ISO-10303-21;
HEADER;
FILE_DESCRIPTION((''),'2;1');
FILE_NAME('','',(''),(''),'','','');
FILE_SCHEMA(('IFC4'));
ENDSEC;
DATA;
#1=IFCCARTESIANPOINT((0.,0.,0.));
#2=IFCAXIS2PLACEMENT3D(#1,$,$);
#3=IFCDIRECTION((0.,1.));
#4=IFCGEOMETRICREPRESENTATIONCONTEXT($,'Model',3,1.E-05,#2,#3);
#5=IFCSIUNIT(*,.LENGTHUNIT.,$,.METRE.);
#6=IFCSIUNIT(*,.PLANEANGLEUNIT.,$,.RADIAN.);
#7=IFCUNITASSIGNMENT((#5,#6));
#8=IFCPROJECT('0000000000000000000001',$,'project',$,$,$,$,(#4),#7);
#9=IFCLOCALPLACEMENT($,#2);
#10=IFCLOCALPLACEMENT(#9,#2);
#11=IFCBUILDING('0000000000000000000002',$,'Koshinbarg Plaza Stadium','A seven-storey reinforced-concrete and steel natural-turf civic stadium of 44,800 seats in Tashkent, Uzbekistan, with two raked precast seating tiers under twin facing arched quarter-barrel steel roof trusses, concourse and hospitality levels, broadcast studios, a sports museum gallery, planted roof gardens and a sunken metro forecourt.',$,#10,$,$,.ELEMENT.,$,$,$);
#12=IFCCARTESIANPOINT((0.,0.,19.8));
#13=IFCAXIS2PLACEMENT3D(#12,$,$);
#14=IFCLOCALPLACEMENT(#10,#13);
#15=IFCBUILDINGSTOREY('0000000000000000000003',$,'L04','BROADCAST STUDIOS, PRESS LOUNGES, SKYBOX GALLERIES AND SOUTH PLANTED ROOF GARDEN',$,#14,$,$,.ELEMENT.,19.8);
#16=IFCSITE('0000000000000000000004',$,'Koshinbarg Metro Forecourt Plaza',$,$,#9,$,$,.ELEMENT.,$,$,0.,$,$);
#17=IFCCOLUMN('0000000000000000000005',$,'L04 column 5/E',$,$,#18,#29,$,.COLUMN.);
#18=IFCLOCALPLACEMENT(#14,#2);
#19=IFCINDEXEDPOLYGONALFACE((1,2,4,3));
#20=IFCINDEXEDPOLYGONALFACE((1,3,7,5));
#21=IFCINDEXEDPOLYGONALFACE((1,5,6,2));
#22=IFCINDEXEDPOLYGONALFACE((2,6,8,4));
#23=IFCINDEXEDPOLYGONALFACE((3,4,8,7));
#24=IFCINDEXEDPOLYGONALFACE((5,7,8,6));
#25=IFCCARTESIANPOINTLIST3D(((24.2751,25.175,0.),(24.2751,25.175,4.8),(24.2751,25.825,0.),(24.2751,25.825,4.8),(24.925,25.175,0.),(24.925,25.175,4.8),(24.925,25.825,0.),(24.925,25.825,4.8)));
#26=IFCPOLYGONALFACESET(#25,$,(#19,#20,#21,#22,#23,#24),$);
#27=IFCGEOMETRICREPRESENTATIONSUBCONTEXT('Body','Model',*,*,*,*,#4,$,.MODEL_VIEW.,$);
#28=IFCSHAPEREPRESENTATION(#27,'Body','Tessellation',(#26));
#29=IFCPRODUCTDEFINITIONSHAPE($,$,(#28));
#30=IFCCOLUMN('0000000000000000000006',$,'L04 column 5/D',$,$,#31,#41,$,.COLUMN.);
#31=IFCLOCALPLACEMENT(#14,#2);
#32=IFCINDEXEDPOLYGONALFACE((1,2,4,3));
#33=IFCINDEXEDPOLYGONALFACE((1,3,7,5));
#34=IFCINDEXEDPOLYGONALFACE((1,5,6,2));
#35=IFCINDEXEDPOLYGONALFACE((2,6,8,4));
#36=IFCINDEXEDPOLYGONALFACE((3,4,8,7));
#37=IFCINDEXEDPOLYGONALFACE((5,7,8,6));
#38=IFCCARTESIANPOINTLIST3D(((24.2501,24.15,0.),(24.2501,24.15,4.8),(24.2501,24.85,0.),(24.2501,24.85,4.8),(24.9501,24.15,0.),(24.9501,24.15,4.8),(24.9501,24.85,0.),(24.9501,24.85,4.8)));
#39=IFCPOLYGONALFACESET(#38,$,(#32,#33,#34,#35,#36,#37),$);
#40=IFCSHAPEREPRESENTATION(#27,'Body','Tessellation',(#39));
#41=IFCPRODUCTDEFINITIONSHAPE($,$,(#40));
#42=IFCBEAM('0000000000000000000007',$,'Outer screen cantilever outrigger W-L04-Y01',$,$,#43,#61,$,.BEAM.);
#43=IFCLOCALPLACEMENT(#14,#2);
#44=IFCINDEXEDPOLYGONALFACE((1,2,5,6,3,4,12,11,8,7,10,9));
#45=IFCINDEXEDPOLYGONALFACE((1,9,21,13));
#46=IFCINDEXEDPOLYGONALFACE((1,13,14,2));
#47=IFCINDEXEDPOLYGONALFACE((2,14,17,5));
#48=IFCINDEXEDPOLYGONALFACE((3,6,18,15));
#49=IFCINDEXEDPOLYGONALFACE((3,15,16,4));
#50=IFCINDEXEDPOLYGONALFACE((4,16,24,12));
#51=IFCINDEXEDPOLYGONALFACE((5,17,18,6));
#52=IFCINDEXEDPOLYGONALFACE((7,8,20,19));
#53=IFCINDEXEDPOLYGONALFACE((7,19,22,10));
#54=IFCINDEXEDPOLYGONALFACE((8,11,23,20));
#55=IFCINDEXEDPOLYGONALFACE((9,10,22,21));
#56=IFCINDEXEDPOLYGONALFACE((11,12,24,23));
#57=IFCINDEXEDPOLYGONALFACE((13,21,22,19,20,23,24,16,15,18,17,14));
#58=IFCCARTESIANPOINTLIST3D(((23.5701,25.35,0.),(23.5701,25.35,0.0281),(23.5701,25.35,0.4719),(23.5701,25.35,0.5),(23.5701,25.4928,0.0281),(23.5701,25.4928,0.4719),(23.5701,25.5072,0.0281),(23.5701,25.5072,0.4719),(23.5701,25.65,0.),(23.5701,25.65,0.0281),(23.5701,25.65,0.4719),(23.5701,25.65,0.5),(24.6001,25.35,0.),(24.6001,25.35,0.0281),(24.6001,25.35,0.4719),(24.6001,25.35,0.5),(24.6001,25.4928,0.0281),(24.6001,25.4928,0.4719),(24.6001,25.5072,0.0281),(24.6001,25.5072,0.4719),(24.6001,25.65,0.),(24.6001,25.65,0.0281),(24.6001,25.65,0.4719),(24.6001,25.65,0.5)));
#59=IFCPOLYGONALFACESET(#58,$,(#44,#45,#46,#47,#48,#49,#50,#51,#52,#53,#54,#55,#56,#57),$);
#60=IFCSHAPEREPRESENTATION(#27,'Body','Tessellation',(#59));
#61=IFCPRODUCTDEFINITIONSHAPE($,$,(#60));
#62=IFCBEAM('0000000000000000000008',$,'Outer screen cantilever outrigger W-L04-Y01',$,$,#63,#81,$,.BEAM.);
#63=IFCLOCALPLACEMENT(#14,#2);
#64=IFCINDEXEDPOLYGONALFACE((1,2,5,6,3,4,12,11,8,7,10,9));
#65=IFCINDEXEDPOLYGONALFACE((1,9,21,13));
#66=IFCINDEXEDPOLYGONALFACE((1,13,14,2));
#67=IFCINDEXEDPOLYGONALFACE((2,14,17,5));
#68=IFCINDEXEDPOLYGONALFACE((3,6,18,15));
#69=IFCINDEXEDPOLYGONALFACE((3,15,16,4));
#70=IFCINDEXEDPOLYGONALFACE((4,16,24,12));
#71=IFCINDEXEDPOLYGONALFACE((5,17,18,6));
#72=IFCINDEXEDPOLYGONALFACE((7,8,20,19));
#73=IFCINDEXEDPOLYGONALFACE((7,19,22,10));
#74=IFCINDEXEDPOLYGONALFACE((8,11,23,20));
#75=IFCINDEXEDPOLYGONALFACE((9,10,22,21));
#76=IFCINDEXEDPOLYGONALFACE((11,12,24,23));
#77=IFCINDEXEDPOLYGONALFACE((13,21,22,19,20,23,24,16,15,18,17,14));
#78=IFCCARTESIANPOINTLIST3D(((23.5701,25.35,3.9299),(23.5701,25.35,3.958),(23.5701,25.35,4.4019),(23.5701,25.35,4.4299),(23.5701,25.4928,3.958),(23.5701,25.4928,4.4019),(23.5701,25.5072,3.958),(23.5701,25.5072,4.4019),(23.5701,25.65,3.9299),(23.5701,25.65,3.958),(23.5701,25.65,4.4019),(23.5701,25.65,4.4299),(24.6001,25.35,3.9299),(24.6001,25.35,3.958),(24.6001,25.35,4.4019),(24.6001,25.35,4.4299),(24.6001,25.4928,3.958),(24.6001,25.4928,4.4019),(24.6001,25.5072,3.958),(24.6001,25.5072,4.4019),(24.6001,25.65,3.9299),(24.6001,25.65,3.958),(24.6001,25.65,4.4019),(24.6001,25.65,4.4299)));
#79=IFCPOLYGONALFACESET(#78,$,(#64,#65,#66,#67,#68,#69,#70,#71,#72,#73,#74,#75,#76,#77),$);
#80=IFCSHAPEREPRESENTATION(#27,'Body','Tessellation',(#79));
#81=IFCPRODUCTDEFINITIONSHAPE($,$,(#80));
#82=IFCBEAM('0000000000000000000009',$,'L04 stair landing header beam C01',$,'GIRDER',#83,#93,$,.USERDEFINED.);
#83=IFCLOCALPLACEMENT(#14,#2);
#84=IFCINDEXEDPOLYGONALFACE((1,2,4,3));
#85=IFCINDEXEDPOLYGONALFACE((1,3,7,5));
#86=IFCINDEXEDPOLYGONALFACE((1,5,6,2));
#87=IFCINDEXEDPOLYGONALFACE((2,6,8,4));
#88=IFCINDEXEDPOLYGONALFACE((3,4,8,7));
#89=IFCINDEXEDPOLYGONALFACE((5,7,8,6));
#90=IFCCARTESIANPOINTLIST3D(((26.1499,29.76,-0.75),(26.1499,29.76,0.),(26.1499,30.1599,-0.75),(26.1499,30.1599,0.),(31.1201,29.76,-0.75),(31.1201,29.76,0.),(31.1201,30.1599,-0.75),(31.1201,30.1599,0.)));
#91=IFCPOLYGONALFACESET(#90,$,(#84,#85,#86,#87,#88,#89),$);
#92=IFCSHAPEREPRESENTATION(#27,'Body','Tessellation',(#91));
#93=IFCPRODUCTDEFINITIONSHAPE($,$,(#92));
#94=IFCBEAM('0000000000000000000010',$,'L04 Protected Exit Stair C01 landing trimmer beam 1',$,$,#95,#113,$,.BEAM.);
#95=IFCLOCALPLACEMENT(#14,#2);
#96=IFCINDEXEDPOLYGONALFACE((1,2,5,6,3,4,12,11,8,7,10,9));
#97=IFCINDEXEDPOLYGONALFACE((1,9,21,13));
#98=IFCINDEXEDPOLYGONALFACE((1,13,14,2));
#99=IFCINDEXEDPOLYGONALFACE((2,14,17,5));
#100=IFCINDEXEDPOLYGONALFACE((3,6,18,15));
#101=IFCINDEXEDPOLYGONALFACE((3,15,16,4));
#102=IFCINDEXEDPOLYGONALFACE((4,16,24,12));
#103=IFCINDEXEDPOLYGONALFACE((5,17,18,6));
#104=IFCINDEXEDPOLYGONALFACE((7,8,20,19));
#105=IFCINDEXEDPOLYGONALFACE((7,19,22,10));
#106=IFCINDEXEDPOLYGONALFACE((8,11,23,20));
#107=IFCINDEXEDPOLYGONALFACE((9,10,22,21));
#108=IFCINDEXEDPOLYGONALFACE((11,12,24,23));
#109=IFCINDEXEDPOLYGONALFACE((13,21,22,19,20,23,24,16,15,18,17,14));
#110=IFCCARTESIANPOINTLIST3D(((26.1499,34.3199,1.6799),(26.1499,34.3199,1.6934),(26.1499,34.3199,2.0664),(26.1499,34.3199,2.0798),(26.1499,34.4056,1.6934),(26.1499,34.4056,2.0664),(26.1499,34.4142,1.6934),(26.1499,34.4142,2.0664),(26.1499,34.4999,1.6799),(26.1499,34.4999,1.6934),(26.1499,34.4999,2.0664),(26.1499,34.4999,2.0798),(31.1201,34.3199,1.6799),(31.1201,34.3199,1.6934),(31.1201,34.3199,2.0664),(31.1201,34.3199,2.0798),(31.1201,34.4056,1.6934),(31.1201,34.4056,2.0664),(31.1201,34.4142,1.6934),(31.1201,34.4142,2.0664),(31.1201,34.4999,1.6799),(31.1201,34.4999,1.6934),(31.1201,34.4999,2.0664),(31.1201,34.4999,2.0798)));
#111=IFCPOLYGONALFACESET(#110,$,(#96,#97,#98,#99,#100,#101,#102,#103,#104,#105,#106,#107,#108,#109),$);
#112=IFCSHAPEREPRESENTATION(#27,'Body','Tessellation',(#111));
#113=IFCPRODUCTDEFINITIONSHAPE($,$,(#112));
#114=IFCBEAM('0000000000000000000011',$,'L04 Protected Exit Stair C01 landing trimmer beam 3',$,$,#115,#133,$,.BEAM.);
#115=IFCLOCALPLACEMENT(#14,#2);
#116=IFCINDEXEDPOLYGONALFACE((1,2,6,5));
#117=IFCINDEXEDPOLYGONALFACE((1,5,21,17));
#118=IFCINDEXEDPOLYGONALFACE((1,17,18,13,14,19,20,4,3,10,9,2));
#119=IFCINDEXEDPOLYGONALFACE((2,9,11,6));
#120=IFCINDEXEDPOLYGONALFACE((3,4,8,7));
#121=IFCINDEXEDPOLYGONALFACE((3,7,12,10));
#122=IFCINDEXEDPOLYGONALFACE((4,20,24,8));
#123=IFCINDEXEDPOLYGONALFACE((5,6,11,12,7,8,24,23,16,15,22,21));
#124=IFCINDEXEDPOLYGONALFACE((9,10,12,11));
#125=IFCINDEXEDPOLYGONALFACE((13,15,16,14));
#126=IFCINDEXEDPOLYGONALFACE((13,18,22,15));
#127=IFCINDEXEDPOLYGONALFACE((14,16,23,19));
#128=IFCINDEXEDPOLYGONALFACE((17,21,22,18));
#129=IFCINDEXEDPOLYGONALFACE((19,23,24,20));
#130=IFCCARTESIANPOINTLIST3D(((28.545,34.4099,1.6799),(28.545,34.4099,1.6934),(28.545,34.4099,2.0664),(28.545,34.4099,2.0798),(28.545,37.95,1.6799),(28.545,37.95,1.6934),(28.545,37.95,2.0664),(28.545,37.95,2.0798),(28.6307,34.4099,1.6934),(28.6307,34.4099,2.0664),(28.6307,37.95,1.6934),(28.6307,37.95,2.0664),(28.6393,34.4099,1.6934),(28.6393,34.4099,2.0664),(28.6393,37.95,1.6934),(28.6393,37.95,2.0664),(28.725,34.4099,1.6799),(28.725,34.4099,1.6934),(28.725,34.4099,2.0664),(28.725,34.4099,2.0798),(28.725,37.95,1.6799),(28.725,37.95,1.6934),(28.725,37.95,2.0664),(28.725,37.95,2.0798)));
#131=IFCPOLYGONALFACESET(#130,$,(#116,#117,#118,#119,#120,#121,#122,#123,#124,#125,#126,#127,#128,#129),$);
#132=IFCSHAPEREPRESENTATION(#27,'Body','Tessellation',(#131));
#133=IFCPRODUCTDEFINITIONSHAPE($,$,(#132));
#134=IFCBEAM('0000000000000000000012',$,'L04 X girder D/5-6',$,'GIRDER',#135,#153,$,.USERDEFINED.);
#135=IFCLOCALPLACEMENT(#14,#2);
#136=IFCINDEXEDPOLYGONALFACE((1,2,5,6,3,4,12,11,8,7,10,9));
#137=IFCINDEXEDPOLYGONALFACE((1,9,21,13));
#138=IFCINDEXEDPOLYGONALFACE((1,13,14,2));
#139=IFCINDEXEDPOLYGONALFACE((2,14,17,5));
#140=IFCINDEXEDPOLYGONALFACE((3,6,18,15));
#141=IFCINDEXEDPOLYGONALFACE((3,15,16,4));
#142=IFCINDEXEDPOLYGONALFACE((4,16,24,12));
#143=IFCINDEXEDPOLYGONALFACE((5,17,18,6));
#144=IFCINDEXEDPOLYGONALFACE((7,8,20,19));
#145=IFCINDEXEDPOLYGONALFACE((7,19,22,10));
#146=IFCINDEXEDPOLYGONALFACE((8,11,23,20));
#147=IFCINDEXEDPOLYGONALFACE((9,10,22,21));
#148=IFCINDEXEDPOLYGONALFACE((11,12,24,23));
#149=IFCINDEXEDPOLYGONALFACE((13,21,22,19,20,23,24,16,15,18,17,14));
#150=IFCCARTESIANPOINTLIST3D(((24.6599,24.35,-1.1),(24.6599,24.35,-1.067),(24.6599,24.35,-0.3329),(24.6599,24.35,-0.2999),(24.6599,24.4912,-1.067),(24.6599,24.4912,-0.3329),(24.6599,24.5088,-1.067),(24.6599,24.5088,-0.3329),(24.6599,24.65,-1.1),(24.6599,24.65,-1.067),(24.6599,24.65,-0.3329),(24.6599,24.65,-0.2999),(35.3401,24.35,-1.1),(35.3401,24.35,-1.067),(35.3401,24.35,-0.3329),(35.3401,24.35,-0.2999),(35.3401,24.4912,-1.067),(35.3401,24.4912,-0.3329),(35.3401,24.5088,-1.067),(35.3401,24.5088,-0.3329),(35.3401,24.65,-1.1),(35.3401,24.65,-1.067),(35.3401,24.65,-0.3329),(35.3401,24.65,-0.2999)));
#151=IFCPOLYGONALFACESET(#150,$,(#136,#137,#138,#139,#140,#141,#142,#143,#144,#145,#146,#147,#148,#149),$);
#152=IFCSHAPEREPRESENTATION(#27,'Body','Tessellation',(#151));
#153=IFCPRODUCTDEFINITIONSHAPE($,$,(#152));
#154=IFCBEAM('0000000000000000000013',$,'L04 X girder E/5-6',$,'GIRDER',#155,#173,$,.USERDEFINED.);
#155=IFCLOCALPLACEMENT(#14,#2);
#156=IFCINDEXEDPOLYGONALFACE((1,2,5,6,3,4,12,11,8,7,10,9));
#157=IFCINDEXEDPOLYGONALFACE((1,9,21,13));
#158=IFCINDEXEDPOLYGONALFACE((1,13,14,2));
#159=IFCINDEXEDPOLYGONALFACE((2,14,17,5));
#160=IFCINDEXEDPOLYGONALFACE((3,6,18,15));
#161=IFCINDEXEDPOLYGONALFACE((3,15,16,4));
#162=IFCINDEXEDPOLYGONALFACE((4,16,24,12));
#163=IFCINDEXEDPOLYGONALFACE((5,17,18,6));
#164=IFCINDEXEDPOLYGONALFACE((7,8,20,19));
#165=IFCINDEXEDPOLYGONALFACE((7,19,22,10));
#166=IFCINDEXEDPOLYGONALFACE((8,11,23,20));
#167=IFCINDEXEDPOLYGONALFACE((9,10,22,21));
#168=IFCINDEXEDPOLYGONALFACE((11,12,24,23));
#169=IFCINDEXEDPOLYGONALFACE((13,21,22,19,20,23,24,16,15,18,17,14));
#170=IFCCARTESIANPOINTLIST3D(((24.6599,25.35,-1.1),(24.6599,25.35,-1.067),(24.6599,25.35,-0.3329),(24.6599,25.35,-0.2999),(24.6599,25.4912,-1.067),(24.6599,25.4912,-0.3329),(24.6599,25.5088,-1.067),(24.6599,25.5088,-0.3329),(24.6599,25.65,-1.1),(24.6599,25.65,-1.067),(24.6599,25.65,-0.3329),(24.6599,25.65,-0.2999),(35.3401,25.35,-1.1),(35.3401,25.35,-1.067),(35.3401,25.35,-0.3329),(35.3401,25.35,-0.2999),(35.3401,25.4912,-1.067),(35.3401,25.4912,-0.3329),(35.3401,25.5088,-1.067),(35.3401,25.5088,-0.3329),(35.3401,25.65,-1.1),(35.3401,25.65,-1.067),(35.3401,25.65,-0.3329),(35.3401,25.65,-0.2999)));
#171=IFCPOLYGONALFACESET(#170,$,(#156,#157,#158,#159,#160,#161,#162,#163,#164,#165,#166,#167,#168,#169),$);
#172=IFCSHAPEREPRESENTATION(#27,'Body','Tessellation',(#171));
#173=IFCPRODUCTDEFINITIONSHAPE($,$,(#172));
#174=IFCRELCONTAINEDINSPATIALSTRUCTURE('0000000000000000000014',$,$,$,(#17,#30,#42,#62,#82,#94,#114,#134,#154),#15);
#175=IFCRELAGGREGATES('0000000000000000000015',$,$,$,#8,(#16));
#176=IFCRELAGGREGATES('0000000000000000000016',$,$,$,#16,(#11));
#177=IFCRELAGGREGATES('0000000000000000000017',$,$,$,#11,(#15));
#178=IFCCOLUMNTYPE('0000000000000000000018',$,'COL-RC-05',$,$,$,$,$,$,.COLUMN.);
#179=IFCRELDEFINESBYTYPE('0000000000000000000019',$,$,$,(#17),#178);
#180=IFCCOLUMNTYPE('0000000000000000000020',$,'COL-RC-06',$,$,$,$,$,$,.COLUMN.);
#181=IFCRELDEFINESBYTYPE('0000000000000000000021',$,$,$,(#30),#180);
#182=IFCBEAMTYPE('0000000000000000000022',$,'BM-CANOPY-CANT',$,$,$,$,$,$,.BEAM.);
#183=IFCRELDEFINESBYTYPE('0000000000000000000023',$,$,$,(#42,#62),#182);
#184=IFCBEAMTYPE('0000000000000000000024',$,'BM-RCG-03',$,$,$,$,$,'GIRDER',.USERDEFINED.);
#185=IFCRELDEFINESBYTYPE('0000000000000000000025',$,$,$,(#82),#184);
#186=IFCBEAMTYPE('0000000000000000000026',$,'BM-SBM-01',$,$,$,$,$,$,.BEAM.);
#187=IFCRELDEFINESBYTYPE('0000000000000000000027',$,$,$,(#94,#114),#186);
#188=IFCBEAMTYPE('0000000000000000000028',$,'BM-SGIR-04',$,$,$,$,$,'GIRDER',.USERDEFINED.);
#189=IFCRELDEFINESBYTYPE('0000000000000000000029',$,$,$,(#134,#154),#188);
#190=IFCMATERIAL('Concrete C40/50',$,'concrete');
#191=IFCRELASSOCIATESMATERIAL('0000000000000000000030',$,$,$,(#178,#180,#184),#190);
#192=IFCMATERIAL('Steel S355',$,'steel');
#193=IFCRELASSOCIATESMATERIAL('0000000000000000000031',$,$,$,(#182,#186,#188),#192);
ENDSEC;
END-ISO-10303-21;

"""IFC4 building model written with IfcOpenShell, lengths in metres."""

from ifc_helpers import new_model, si_unit, direction, frame, origin, origin_2d, place, context, subcontext, project, spatial, rectangle, i_section, extrude, material, material_profile, profile_set, type_object, element, save


model = new_model("IFC4")

# Units and contexts
model_context = context("Model", 3, precision=1e-05, world=origin(), true_north=direction((0.0, 1.0)))
body_context = subcontext(model_context, "Body", "Model", "MODEL_VIEW")
ifc_project = project(units=[si_unit("LENGTHUNIT", "METRE"), si_unit("PLANEANGLEUNIT", "RADIAN")], contexts=[model_context])

# Site, building, storey
site_placement = place(None, origin())
site = spatial("IfcSite", under=ifc_project, at=site_placement, Name="Koshinbarg Metro Forecourt Plaza", CompositionType="ELEMENT", RefElevation=0.0)
building_placement = place(site_placement, origin())
building = spatial("IfcBuilding", under=site, at=building_placement, Name="Koshinbarg Plaza Stadium", Description="A seven-storey reinforced-concrete and steel natural-turf civic stadium of 44,800 seats in Tashkent, Uzbekistan, with two raked precast seating tiers under twin facing arched quarter-barrel steel roof trusses, concourse and hospitality levels, broadcast studios, a sports museum gallery, planted roof gardens and a sunken metro forecourt.", CompositionType="ELEMENT")
storey_placement = place(building_placement, frame((0.0, 0.0, 19.8)))
storey = spatial("IfcBuildingStorey", under=building, at=storey_placement, Name="L04", Description="BROADCAST STUDIOS, PRESS LOUNGES, SKYBOX GALLERIES AND SOUTH PLANTED ROOF GARDEN", CompositionType="ELEMENT", Elevation=19.8)

# Columns
ifc_material_1 = material(Name="Concrete C40/50", Category="concrete")
ifc_material_profile_1 = material_profile(ifc_material_1, rectangle(XDim=0.6499, YDim=0.6499, at=origin_2d()), Name="RC 650x650")
ifc_profile_set_1 = profile_set([ifc_material_profile_1], Name="Concrete C40/50")
column_type_1 = type_object("IfcColumnType", Name="COL-RC-05", PredefinedType="COLUMN", material=ifc_profile_set_1)
column_1_placement = place(storey_placement, frame((24.6001, 25.5, 0.0), z_axis=(0.0, 0.0, 1.0), x_axis=(1.0, 0.0, 0.0)))
element("IfcColumn", 1, at=column_1_placement, inside=storey, type_object=column_type_1, Name="L04 column 5/E", PredefinedType="COLUMN", context=body_context, shape_type="SweptSolid", body=[
    extrude(rectangle(XDim=0.6499, YDim=0.6499, at=origin_2d()), origin(), (0.0, 0.0, 1.0), 4.8),
])
ifc_material_profile_2 = material_profile(ifc_material_1, rectangle(XDim=0.7, YDim=0.7, at=origin_2d()), Name="RC 700x700")
ifc_profile_set_2 = profile_set([ifc_material_profile_2], Name="Concrete C40/50")
column_type_2 = type_object("IfcColumnType", Name="COL-RC-06", PredefinedType="COLUMN", material=ifc_profile_set_2)
column_2_placement = place(storey_placement, frame((24.6001, 24.5, 0.0), z_axis=(0.0, 0.0, 1.0), x_axis=(1.0, 0.0, 0.0)))
element("IfcColumn", 2, at=column_2_placement, inside=storey, type_object=column_type_2, Name="L04 column 5/D", PredefinedType="COLUMN", context=body_context, shape_type="SweptSolid", body=[
    extrude(rectangle(XDim=0.7, YDim=0.7, at=origin_2d()), origin(), (0.0, 0.0, 1.0), 4.8),
])

# Beams
ifc_material_2 = material(Name="Steel S355", Category="steel")
ifc_material_profile_3 = material_profile(ifc_material_2, i_section(OverallWidth=0.3, OverallDepth=0.5, WebThickness=0.0144, FlangeThickness=0.0281, at=origin_2d()), Name="HEB 500")
ifc_profile_set_3 = profile_set([ifc_material_profile_3], Name="Steel S355")
beam_type_1 = type_object("IfcBeamType", Name="BM-CANOPY-CANT", PredefinedType="BEAM", material=ifc_profile_set_3)
for number, where, z_axis, x_axis, name in (
    (3, (24.6001, 25.5, 0.25), (-1.0, 0.0, 0.0), (0.0, -1.0, 0.0), "Outer screen cantilever outrigger W-L04-Y01"),
    (4, (24.6001, 25.5, 4.1799), (-1.0, 0.0, 0.0), (0.0, -1.0, 0.0), "Outer screen cantilever outrigger W-L04-Y01"),
):
    element("IfcBeam", number, at=place(storey_placement, frame(where, z_axis=z_axis, x_axis=x_axis)), inside=storey, type_object=beam_type_1, Name=name, PredefinedType="BEAM", context=body_context, shape_type="SweptSolid", body=[
        extrude(i_section(OverallWidth=0.3, OverallDepth=0.5, WebThickness=0.0144, FlangeThickness=0.0281, at=origin_2d()), origin(), (0.0, 0.0, 1.0), 1.03),
    ])
ifc_material_profile_4 = material_profile(ifc_material_1, rectangle(XDim=0.3999, YDim=0.75, at=origin_2d()), Name="RC 400x750")
ifc_profile_set_4 = profile_set([ifc_material_profile_4], Name="Concrete C40/50")
beam_type_2 = type_object("IfcBeamType", Name="BM-RCG-03", ElementType="GIRDER", PredefinedType="USERDEFINED", material=ifc_profile_set_4)
beam_1_placement = place(storey_placement, frame((26.1499, 29.96, -0.375), z_axis=(1.0, 0.0, 0.0), x_axis=(0.0, 1.0, 0.0)))
element("IfcBeam", 5, at=beam_1_placement, inside=storey, type_object=beam_type_2, Name="L04 stair landing header beam C01", ObjectType="GIRDER", PredefinedType="USERDEFINED", context=body_context, shape_type="SweptSolid", body=[
    extrude(rectangle(XDim=0.3999, YDim=0.75, at=origin_2d()), origin(), (0.0, 0.0, 1.0), 4.9702),
])
ifc_material_profile_5 = material_profile(ifc_material_2, i_section(OverallWidth=0.1799, OverallDepth=0.3999, WebThickness=0.0085, FlangeThickness=0.0134, at=origin_2d()), Name="IPE 400")
ifc_profile_set_5 = profile_set([ifc_material_profile_5], Name="Steel S355")
beam_type_3 = type_object("IfcBeamType", Name="BM-SBM-01", PredefinedType="BEAM", material=ifc_profile_set_5)
beam_2_placement = place(storey_placement, frame((26.1499, 34.4099, 1.8799), z_axis=(1.0, 0.0, 0.0), x_axis=(0.0, 1.0, 0.0)))
element("IfcBeam", 6, at=beam_2_placement, inside=storey, type_object=beam_type_3, Name="L04 Protected Exit Stair C01 landing trimmer beam 1", PredefinedType="BEAM", context=body_context, shape_type="SweptSolid", body=[
    extrude(i_section(OverallWidth=0.1799, OverallDepth=0.3999, WebThickness=0.0085, FlangeThickness=0.0134, at=origin_2d()), origin(), (0.0, 0.0, 1.0), 4.9702),
])
beam_3_placement = place(storey_placement, frame((28.635, 34.4099, 1.8799), z_axis=(0.0, 1.0, 0.0), x_axis=(-1.0, 0.0, 0.0)))
element("IfcBeam", 7, at=beam_3_placement, inside=storey, type_object=beam_type_3, Name="L04 Protected Exit Stair C01 landing trimmer beam 3", PredefinedType="BEAM", context=body_context, shape_type="SweptSolid", body=[
    extrude(i_section(OverallWidth=0.1799, OverallDepth=0.3999, WebThickness=0.0085, FlangeThickness=0.0134, at=origin_2d()), origin(), (0.0, 0.0, 1.0), 3.54),
])
ifc_material_profile_6 = material_profile(ifc_material_2, i_section(OverallWidth=0.3, OverallDepth=0.8, WebThickness=0.0176, FlangeThickness=0.033, at=origin_2d()), Name="HEB 800")
ifc_profile_set_6 = profile_set([ifc_material_profile_6], Name="Steel S355")
beam_type_4 = type_object("IfcBeamType", Name="BM-SGIR-04", ElementType="GIRDER", PredefinedType="USERDEFINED", material=ifc_profile_set_6)
for number, where, z_axis, x_axis, name in (
    (8, (24.6599, 24.5, -0.7), (1.0, 0.0, 0.0), (0.0, 1.0, 0.0), "L04 X girder D/5-6"),
    (9, (24.6599, 25.5, -0.7), (1.0, 0.0, 0.0), (0.0, 1.0, 0.0), "L04 X girder E/5-6"),
):
    element("IfcBeam", number, at=place(storey_placement, frame(where, z_axis=z_axis, x_axis=x_axis)), inside=storey, type_object=beam_type_4, Name=name, ObjectType="GIRDER", PredefinedType="USERDEFINED", context=body_context, shape_type="SweptSolid", body=[
        extrude(i_section(OverallWidth=0.3, OverallDepth=0.8, WebThickness=0.0176, FlangeThickness=0.033, at=origin_2d()), origin(), (0.0, 0.0, 1.0), 10.6802),
    ])

save(model, "model.ifc")
